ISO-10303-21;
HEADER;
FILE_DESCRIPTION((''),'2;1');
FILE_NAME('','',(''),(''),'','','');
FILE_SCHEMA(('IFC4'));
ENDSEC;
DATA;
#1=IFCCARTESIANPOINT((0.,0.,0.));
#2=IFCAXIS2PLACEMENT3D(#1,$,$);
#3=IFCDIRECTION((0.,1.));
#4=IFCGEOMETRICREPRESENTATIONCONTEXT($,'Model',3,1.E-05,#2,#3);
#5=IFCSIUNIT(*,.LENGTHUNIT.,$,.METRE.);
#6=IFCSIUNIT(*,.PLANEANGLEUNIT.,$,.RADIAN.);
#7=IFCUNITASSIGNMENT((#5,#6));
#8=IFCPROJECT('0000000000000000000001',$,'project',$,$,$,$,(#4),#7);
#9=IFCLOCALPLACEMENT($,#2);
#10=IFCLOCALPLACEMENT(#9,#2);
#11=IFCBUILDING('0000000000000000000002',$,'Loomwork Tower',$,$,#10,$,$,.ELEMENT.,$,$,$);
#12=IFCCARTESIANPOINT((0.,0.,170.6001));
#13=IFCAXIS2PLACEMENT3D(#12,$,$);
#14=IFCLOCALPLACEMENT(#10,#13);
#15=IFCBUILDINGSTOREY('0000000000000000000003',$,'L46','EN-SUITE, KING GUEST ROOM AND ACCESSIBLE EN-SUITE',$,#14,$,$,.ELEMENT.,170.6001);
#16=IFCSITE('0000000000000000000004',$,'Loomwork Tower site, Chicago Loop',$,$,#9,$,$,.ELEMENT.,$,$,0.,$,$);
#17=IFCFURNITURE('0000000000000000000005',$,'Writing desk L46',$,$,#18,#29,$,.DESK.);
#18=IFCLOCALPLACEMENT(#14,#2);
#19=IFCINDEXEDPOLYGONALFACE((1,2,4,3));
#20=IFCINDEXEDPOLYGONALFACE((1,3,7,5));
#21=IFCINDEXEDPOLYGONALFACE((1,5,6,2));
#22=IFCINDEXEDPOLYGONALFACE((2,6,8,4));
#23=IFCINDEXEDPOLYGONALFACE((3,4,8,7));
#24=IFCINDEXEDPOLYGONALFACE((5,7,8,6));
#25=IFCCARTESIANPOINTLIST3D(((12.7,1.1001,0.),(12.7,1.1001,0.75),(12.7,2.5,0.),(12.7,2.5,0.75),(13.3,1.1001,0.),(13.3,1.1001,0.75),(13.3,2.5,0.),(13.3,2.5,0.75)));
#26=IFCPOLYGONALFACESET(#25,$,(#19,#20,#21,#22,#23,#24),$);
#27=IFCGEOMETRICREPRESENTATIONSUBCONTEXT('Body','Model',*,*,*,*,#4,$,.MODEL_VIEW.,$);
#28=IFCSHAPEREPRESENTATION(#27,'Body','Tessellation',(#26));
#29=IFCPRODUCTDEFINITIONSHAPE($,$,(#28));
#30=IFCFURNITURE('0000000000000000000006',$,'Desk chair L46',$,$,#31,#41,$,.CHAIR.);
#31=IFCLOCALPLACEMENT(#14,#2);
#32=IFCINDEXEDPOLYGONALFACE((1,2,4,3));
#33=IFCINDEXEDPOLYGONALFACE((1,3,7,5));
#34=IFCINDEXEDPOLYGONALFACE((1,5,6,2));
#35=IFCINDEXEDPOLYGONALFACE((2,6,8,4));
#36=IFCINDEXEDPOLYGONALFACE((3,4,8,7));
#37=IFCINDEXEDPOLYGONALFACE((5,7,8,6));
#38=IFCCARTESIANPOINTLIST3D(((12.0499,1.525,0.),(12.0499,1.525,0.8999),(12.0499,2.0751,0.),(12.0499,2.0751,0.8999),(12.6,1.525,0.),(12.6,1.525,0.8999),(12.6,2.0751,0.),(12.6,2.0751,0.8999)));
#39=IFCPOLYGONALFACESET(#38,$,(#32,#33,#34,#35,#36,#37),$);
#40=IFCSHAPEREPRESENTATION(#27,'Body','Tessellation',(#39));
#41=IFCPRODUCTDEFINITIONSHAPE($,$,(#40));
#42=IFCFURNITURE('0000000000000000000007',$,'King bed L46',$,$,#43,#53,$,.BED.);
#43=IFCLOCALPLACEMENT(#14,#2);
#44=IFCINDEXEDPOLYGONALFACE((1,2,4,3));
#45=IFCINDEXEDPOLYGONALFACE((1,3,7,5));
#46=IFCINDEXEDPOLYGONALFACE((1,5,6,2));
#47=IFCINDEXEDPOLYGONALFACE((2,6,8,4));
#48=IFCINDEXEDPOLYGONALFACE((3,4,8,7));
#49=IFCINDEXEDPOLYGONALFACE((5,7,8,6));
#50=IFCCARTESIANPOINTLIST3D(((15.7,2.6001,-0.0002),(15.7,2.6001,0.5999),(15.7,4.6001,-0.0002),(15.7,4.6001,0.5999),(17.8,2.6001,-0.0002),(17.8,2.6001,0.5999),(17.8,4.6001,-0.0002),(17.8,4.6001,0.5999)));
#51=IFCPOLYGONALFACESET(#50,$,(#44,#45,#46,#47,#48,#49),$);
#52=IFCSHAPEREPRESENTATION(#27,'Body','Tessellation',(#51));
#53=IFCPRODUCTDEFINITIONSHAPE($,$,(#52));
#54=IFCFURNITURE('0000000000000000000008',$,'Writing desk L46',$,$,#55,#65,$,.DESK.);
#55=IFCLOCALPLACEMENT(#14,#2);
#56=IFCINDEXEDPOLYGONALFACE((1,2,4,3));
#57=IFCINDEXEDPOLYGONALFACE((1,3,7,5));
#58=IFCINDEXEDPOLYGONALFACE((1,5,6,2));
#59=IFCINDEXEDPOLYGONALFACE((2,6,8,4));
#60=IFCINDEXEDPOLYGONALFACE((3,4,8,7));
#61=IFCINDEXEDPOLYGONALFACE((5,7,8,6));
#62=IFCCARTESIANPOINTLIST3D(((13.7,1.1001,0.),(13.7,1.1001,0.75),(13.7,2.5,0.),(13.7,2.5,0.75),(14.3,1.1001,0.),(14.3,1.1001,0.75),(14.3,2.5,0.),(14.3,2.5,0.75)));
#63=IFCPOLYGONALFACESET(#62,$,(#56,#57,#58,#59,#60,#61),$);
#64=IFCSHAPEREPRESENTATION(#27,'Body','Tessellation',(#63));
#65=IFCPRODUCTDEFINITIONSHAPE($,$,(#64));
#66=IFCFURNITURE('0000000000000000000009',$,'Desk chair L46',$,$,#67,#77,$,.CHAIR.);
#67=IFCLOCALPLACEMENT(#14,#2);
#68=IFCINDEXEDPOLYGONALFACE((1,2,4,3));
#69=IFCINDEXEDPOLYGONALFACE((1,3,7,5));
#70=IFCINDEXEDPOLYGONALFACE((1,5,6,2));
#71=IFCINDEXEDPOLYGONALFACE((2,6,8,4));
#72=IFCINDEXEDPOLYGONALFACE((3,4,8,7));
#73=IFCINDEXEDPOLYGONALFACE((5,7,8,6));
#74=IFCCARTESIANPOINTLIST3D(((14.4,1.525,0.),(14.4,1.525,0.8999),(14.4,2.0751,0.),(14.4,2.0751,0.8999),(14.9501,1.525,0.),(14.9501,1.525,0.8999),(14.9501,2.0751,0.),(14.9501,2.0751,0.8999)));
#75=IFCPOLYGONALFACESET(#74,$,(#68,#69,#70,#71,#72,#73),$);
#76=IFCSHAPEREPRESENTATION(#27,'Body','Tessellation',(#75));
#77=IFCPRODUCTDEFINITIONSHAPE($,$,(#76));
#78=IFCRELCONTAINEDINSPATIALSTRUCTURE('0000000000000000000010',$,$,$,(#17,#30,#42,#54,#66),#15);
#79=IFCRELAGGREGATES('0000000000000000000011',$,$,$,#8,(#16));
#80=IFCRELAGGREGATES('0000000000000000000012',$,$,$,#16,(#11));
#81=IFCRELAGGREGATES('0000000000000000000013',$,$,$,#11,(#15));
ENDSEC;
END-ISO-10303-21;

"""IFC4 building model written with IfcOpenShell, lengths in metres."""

from ifc_helpers import new_model, si_unit, direction, frame, origin, origin_2d, place, context, subcontext, project, spatial, rectangle, extrude, element, save


model = new_model("IFC4")

# Units and contexts
model_context = context("Model", 3, precision=1e-05, world=origin(), true_north=direction((0.0, 1.0)))
body_context = subcontext(model_context, "Body", "Model", "MODEL_VIEW")
ifc_project = project(units=[si_unit("LENGTHUNIT", "METRE"), si_unit("PLANEANGLEUNIT", "RADIAN")], contexts=[model_context])

# Site, building, storey
site_placement = place(None, origin())
site = spatial("IfcSite", under=ifc_project, at=site_placement, Name="Loomwork Tower site, Chicago Loop", CompositionType="ELEMENT", RefElevation=0.0)
building_placement = place(site_placement, origin())
building = spatial("IfcBuilding", under=site, at=building_placement, Name="Loomwork Tower", CompositionType="ELEMENT")
storey_placement = place(building_placement, frame((0.0, 0.0, 170.6001)))
storey = spatial("IfcBuildingStorey", under=building, at=storey_placement, Name="L46", Description="EN-SUITE, KING GUEST ROOM AND ACCESSIBLE EN-SUITE", CompositionType="ELEMENT", Elevation=170.6001)

# Furniture
furniture_1_placement = place(storey_placement, frame((13.0, 1.8, 0.0), z_axis=(0.0, 0.0, 1.0), x_axis=(1.0, 0.0, 0.0)))
element("IfcFurniture", 1, at=furniture_1_placement, inside=storey, Name="Writing desk L46", PredefinedType="DESK", context=body_context, shape_type="SweptSolid", body=[
    extrude(rectangle(XDim=0.6001, YDim=1.3999, at=origin_2d()), origin(), (0.0, 0.0, 1.0), 0.75),
])
furniture_2_placement = place(storey_placement, frame((12.325, 1.8, 0.0), z_axis=(0.0, 0.0, 1.0), x_axis=(1.0, 0.0, 0.0)))
element("IfcFurniture", 2, at=furniture_2_placement, inside=storey, Name="Desk chair L46", PredefinedType="CHAIR", context=body_context, shape_type="SweptSolid", body=[
    extrude(rectangle(XDim=0.55, YDim=0.55, at=origin_2d()), origin(), (0.0, 0.0, 1.0), 0.8999),
])
furniture_3_placement = place(storey_placement, frame((16.75, 3.6001, -0.0002), z_axis=(0.0, 0.0, 1.0), x_axis=(1.0, 0.0, 0.0)))
element("IfcFurniture", 3, at=furniture_3_placement, inside=storey, Name="King bed L46", PredefinedType="BED", context=body_context, shape_type="SweptSolid", body=[
    extrude(rectangle(XDim=2.1001, YDim=2.0, at=origin_2d()), origin(), (0.0, 0.0, 1.0), 0.6001),
])
furniture_4_placement = place(storey_placement, frame((14.0, 1.8, 0.0), z_axis=(0.0, 0.0, 1.0), x_axis=(1.0, 0.0, 0.0)))
element("IfcFurniture", 4, at=furniture_4_placement, inside=storey, Name="Writing desk L46", PredefinedType="DESK", context=body_context, shape_type="SweptSolid", body=[
    extrude(rectangle(XDim=0.6001, YDim=1.3999, at=origin_2d()), origin(), (0.0, 0.0, 1.0), 0.75),
])
furniture_5_placement = place(storey_placement, frame((14.675, 1.8, 0.0), z_axis=(0.0, 0.0, 1.0), x_axis=(1.0, 0.0, 0.0)))
element("IfcFurniture", 5, at=furniture_5_placement, inside=storey, Name="Desk chair L46", PredefinedType="CHAIR", context=body_context, shape_type="SweptSolid", body=[
    extrude(rectangle(XDim=0.55, YDim=0.55, at=origin_2d()), origin(), (0.0, 0.0, 1.0), 0.8999),
])

save(model, "model.ifc")
